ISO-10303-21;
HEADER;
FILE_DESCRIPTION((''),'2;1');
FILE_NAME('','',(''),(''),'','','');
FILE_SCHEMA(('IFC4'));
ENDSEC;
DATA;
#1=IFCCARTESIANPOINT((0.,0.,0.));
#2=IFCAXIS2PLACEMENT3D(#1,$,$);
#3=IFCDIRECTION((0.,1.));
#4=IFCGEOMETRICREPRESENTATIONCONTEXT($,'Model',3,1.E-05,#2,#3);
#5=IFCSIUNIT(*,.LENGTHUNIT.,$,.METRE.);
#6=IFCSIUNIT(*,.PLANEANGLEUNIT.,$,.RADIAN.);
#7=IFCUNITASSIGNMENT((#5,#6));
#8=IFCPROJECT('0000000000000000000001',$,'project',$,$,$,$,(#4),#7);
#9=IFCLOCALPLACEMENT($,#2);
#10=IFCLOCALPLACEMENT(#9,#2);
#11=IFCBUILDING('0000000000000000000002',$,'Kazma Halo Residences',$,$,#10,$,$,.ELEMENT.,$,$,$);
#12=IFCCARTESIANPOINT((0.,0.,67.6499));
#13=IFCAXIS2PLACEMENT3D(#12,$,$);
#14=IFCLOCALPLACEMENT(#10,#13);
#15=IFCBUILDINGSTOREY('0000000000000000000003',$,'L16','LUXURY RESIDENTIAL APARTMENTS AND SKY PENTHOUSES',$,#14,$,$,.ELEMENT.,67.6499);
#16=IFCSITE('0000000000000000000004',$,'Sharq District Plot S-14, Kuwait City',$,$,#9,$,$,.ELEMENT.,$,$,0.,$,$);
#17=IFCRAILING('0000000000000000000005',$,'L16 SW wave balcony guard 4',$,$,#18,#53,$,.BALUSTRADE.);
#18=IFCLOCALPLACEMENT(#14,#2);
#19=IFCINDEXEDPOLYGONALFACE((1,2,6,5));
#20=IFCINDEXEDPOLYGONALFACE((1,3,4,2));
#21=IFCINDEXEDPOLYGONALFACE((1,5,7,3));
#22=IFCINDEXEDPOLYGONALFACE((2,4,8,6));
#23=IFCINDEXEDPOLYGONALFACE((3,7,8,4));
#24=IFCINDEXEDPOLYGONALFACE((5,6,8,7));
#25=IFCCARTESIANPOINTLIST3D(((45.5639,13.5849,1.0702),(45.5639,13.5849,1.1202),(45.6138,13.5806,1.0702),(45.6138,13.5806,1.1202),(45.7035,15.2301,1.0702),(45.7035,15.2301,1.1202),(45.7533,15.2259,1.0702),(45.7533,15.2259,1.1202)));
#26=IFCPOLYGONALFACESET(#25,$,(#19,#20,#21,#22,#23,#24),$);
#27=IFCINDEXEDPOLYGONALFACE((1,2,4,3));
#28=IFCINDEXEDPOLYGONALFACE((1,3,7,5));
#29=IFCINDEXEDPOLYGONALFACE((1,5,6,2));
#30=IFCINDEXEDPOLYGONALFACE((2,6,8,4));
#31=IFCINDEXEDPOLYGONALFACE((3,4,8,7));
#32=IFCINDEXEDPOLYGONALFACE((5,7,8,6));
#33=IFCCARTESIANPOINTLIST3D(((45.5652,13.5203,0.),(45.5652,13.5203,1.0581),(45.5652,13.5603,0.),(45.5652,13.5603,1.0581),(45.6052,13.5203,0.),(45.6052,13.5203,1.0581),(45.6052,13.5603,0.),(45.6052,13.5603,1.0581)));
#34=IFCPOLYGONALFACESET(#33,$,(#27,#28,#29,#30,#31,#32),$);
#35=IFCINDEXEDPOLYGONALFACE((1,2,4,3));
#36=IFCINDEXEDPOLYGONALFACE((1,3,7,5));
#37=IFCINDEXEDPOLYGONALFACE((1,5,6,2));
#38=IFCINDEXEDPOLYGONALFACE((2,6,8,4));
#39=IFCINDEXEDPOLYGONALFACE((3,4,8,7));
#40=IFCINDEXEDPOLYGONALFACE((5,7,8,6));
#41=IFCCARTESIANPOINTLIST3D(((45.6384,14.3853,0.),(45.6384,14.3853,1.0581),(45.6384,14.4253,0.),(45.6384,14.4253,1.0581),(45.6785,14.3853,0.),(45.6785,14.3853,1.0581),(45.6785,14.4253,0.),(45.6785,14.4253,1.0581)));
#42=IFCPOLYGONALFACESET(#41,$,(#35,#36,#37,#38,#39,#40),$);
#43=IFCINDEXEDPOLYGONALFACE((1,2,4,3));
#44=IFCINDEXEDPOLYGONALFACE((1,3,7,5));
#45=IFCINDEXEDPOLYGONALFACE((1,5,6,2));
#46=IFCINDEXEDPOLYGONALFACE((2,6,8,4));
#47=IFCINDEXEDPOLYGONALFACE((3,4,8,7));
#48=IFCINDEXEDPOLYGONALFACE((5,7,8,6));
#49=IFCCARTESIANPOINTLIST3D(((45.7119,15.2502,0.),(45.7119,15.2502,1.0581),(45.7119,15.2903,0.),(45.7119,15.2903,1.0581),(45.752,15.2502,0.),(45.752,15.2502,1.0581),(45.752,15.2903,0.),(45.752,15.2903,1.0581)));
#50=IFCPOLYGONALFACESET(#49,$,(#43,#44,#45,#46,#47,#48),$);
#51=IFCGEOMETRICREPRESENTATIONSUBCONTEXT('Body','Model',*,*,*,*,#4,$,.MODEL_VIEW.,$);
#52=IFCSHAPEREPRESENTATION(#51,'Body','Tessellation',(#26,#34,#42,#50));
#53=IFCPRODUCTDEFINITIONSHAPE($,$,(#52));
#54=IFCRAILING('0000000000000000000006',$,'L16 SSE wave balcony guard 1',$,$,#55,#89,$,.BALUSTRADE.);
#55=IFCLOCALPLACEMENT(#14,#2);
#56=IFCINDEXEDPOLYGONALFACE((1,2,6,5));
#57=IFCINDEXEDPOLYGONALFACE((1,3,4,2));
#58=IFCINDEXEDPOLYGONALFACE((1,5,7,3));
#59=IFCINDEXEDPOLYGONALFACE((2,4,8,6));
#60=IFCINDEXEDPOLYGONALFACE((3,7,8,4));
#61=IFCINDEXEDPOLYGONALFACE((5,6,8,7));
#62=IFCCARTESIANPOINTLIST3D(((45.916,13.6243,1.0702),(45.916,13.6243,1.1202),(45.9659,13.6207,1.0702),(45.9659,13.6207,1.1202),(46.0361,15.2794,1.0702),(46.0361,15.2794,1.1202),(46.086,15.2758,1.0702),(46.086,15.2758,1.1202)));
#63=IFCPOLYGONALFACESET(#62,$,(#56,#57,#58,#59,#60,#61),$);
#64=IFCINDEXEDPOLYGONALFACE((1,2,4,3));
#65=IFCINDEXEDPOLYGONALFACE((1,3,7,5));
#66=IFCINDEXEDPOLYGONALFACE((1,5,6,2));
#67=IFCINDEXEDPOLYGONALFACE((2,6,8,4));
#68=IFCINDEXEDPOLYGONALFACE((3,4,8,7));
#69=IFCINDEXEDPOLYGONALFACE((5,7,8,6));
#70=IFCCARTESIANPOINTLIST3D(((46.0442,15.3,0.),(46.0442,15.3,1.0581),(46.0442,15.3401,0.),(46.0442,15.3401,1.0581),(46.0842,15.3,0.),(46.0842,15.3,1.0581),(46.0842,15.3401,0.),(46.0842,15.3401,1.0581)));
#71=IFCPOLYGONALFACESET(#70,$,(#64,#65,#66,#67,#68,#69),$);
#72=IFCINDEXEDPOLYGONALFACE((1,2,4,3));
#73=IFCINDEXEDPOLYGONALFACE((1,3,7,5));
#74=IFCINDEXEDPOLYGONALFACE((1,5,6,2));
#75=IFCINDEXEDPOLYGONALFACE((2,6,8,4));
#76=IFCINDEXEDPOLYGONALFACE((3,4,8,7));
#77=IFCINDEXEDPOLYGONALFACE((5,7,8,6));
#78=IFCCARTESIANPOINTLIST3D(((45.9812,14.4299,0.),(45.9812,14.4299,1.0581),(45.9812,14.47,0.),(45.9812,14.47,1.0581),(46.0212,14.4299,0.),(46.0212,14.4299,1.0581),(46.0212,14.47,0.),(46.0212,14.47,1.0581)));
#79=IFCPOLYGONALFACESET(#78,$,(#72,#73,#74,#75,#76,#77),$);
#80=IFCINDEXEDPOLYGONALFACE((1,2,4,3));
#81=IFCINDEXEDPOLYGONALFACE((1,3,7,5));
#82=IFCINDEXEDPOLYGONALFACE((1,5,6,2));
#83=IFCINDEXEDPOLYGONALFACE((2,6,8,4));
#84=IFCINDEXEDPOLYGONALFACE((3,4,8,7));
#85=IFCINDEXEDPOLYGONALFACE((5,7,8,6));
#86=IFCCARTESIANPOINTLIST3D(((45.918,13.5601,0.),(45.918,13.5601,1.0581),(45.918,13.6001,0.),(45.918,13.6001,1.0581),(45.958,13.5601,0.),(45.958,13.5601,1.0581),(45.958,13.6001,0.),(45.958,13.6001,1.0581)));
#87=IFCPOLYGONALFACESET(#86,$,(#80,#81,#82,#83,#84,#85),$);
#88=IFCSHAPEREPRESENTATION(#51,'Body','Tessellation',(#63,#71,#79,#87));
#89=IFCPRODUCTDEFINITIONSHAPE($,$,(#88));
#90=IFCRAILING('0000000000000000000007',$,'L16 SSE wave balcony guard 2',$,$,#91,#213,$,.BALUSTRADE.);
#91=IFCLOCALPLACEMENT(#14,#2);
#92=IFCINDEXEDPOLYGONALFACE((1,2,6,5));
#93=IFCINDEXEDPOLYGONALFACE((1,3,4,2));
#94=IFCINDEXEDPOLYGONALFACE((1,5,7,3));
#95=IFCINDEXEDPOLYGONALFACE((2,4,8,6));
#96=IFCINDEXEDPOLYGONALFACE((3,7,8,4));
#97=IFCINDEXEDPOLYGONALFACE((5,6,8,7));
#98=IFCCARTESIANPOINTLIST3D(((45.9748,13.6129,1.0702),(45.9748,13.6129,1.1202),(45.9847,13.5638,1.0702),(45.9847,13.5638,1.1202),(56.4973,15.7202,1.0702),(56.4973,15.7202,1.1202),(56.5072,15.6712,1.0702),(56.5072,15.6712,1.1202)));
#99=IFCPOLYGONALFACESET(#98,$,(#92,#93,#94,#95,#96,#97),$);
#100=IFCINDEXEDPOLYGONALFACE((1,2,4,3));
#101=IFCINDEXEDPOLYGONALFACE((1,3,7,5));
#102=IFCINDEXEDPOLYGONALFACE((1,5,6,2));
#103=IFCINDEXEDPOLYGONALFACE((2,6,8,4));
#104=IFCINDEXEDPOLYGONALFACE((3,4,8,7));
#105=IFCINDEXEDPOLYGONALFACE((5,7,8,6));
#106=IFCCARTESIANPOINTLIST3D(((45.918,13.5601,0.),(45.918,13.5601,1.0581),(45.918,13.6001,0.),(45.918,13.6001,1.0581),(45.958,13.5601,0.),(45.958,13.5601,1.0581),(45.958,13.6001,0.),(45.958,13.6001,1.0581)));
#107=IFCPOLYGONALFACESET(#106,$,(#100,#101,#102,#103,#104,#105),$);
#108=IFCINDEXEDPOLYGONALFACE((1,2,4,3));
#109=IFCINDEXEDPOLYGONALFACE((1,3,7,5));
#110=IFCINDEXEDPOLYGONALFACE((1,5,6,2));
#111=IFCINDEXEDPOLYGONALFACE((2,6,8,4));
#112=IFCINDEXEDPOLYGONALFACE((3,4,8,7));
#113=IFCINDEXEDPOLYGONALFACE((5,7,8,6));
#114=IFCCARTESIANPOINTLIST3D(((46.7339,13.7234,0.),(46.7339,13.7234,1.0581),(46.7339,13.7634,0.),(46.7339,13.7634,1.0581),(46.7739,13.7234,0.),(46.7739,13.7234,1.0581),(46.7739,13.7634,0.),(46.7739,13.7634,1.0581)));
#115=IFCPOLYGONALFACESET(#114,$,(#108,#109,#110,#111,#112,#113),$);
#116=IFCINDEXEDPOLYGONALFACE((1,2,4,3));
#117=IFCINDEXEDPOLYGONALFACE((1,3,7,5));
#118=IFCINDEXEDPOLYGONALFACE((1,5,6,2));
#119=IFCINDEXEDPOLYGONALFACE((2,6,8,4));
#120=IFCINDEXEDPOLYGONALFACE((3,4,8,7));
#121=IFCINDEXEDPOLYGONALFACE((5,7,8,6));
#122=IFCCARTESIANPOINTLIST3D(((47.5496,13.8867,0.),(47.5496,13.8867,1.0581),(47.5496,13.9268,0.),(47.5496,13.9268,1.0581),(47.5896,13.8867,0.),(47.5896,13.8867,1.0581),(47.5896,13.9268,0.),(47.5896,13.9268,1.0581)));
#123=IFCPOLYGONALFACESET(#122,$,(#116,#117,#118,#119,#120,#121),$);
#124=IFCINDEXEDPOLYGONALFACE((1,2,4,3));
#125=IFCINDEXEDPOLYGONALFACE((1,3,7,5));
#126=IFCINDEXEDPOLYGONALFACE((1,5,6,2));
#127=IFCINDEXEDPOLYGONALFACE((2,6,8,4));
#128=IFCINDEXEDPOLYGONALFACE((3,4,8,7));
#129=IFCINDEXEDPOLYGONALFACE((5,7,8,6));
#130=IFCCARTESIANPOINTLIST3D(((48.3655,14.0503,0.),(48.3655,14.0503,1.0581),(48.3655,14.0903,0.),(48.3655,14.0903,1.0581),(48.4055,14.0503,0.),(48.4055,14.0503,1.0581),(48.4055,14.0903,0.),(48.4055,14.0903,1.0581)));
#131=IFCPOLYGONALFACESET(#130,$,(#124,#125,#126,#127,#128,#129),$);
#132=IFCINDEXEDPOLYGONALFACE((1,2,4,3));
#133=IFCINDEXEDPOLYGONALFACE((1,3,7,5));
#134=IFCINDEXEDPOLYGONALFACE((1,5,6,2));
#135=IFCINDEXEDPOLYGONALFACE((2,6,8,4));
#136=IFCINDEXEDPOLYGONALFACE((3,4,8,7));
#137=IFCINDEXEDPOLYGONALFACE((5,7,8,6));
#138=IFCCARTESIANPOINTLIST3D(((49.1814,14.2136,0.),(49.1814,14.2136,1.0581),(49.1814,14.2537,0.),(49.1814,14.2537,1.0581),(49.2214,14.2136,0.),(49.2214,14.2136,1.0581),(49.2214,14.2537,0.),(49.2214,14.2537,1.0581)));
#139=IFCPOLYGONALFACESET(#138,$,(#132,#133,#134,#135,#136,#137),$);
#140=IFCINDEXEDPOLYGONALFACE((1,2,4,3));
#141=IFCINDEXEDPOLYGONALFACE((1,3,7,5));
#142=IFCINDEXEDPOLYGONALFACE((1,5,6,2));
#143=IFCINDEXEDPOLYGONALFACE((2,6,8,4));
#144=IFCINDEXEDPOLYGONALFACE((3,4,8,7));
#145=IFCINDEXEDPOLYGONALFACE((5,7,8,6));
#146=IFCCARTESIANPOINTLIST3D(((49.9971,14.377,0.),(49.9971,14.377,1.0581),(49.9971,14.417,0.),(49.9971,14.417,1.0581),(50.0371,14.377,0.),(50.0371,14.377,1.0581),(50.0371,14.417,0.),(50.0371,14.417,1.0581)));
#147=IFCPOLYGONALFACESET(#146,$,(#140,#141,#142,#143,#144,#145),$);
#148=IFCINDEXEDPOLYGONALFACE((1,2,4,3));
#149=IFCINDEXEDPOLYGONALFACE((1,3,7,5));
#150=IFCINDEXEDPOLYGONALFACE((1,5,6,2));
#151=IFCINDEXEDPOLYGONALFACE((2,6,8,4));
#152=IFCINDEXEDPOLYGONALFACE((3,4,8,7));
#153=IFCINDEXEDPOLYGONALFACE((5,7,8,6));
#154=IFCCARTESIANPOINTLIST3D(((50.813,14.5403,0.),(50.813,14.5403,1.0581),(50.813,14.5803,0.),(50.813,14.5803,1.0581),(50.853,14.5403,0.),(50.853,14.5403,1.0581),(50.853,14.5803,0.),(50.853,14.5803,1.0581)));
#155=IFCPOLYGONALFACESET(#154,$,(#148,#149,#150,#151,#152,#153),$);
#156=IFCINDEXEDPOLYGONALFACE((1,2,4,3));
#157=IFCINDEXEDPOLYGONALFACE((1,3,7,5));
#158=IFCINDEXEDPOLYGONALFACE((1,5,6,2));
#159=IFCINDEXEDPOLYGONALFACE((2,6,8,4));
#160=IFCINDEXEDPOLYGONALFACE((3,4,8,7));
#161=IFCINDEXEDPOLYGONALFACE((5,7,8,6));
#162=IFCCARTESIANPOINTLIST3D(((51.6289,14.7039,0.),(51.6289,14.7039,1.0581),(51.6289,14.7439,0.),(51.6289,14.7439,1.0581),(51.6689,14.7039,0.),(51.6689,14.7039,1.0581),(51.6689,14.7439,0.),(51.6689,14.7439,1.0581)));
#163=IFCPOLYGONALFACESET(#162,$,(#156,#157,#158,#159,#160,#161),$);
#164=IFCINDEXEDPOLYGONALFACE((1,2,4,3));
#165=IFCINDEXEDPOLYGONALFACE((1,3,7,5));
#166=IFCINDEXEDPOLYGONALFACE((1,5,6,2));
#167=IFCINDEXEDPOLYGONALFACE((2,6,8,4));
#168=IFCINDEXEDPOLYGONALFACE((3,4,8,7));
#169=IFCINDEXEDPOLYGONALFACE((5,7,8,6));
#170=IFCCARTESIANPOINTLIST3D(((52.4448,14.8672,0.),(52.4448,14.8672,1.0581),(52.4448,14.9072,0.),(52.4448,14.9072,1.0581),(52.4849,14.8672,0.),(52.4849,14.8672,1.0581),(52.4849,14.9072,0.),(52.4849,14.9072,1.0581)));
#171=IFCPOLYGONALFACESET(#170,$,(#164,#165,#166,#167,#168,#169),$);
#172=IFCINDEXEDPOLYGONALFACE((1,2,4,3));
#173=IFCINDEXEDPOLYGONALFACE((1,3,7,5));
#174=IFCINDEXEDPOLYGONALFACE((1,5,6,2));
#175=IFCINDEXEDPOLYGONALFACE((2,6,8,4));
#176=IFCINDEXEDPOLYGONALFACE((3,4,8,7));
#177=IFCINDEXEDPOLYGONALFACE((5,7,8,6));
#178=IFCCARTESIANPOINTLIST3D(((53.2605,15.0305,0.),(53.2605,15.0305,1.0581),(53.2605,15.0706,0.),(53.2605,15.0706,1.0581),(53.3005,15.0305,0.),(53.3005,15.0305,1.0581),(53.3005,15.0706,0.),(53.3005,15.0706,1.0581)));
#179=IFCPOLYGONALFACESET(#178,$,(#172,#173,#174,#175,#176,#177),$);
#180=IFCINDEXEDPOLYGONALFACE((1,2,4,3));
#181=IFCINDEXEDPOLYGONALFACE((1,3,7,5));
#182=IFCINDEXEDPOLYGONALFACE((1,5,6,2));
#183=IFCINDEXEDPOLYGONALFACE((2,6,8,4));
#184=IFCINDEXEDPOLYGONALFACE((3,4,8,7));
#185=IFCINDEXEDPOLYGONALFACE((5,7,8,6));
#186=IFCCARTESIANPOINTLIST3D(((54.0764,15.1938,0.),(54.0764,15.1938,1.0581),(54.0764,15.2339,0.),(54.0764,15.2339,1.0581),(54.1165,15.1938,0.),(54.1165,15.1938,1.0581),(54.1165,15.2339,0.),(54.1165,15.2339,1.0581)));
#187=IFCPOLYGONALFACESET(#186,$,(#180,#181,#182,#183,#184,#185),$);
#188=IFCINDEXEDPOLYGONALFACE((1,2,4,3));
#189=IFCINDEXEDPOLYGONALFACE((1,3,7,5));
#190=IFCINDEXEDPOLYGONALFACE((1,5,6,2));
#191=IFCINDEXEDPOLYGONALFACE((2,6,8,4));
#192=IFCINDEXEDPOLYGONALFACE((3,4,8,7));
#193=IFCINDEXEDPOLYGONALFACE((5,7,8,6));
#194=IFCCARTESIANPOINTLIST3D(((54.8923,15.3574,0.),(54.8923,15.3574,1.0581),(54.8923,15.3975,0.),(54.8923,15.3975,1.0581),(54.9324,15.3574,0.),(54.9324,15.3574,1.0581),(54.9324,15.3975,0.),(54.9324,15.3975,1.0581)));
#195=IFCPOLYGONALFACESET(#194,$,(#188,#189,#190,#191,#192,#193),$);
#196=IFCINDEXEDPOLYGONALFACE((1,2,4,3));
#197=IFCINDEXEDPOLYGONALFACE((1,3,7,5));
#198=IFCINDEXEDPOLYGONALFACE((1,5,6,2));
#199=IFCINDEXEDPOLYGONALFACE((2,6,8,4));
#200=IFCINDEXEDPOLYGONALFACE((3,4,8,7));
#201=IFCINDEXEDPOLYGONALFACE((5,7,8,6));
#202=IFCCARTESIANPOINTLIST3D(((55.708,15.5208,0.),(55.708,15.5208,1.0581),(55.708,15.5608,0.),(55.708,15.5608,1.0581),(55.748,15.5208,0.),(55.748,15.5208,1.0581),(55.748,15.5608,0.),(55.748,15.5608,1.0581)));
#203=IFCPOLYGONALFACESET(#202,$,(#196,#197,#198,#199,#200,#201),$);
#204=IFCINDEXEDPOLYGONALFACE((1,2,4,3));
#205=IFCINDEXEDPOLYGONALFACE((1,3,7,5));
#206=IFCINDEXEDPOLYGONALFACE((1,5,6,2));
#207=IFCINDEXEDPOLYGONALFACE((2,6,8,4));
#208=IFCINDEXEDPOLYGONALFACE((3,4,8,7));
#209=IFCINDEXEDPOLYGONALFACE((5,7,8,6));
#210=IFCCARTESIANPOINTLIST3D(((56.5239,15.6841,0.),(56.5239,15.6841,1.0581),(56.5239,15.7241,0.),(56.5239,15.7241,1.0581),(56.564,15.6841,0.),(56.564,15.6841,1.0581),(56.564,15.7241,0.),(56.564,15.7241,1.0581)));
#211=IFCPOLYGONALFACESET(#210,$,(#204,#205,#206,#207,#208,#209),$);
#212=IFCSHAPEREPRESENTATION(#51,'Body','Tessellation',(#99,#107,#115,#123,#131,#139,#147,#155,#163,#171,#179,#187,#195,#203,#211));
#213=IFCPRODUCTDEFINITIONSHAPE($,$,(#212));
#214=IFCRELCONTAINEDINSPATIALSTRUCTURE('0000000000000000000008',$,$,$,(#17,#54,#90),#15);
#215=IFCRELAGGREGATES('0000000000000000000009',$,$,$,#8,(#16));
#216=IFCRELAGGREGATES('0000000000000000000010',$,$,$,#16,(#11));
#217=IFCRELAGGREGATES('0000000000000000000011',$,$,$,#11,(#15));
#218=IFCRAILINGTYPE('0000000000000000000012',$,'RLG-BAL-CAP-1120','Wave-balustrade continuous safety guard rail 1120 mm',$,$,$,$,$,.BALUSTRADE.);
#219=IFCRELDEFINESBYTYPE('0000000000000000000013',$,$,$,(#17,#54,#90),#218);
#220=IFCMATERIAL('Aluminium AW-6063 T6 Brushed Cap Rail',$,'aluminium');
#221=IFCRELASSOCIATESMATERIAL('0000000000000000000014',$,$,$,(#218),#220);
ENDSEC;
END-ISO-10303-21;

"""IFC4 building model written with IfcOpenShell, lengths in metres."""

from ifc_helpers import new_model, si_unit, direction, frame, origin, origin_2d, place, context, subcontext, project, spatial, rectangle, extrude, material, type_object, element, save


model = new_model("IFC4")

# Units and contexts
model_context = context("Model", 3, precision=1e-05, world=origin(), true_north=direction((0.0, 1.0)))
body_context = subcontext(model_context, "Body", "Model", "MODEL_VIEW")
ifc_project = project(units=[si_unit("LENGTHUNIT", "METRE"), si_unit("PLANEANGLEUNIT", "RADIAN")], contexts=[model_context])

# Site, building, storey
site_placement = place(None, origin())
site = spatial("IfcSite", under=ifc_project, at=site_placement, Name="Sharq District Plot S-14, Kuwait City", CompositionType="ELEMENT", RefElevation=0.0)
building_placement = place(site_placement, origin())
building = spatial("IfcBuilding", under=site, at=building_placement, Name="Kazma Halo Residences", CompositionType="ELEMENT")
storey_placement = place(building_placement, frame((0.0, 0.0, 67.6499)))
storey = spatial("IfcBuildingStorey", under=building, at=storey_placement, Name="L16", Description="LUXURY RESIDENTIAL APARTMENTS AND SKY PENTHOUSES", CompositionType="ELEMENT", Elevation=67.6499)

# Railings
ifc_material_1 = material(Name="Aluminium AW-6063 T6 Brushed Cap Rail", Category="aluminium")
railing_type = type_object("IfcRailingType", Name="RLG-BAL-CAP-1120", Description="Wave-balustrade continuous safety guard rail 1120 mm", PredefinedType="BALUSTRADE", material=ifc_material_1)
railing_1_placement = place(storey_placement, frame((45.5852, 13.5403, 0.0)))
element("IfcRailing", 1, at=railing_1_placement, inside=storey, type_object=railing_type, Name="L16 SW wave balcony guard 4", PredefinedType="BALUSTRADE", context=body_context, shape_type="SweptSolid", body=[
    extrude(rectangle(XDim=0.05, YDim=0.05, at=origin_2d()), frame((0.0037, 0.0425, 1.0952), z_axis=(0.084512, 0.996422, 0.0), x_axis=(-0.996422, 0.084512, 0.0)), (0.0, 0.0, 1.0), 1.6511),
    extrude(rectangle(XDim=0.04, YDim=0.04, at=origin_2d()), origin(), (0.0, 0.0, 1.0), 1.0581),
    extrude(rectangle(XDim=0.04, YDim=0.04, at=origin_2d()), frame((0.0732, 0.865, 0.0)), (0.0, 0.0, 1.0), 1.0581),
    extrude(rectangle(XDim=0.04, YDim=0.04, at=origin_2d()), frame((0.1467, 1.73, 0.0)), (0.0, 0.0, 1.0), 1.0581),
])
railing_2_placement = place(storey_placement, frame((46.0642, 15.3201, 0.0)))
element("IfcRailing", 2, at=railing_2_placement, inside=storey, type_object=railing_type, Name="L16 SSE wave balcony guard 1", PredefinedType="BALUSTRADE", context=body_context, shape_type="SweptSolid", body=[
    extrude(rectangle(XDim=0.05, YDim=0.05, at=origin_2d()), frame((-0.0032, -0.0425, 1.0952), z_axis=(-0.072351, -0.997379, 0.0), x_axis=(0.997379, -0.072351, 0.0)), (0.0, 0.0, 1.0), 1.6594),
    extrude(rectangle(XDim=0.04, YDim=0.04, at=origin_2d()), origin(), (0.0, 0.0, 1.0), 1.0581),
    extrude(rectangle(XDim=0.04, YDim=0.04, at=origin_2d()), frame((-0.063, -0.8701, 0.0)), (0.0, 0.0, 1.0), 1.0581),
    extrude(rectangle(XDim=0.04, YDim=0.04, at=origin_2d()), frame((-0.1262, -1.74, 0.0)), (0.0, 0.0, 1.0), 1.0581),
])
railing_3_placement = place(storey_placement, frame((45.938, 13.5801, 0.0)))
element("IfcRailing", 3, at=railing_3_placement, inside=storey, type_object=railing_type, Name="L16 SSE wave balcony guard 2", PredefinedType="BALUSTRADE", context=body_context, shape_type="SweptSolid", body=[
    extrude(rectangle(XDim=0.05, YDim=0.05, at=origin_2d()), frame((0.0417, 0.0083, 1.0952), z_axis=(0.98053, 0.196368, 0.0), x_axis=(-0.196368, 0.98053, 0.0)), (0.0, 0.0, 1.0), 10.7314),
    extrude(rectangle(XDim=0.04, YDim=0.04, at=origin_2d()), origin(), (0.0, 0.0, 1.0), 1.0581),
    extrude(rectangle(XDim=0.04, YDim=0.04, at=origin_2d()), frame((0.8159, 0.1633, 0.0)), (0.0, 0.0, 1.0), 1.0581),
    extrude(rectangle(XDim=0.04, YDim=0.04, at=origin_2d()), frame((1.6316, 0.3267, 0.0)), (0.0, 0.0, 1.0), 1.0581),
    extrude(rectangle(XDim=0.04, YDim=0.04, at=origin_2d()), frame((2.4475, 0.4902, 0.0)), (0.0, 0.0, 1.0), 1.0581),
    extrude(rectangle(XDim=0.04, YDim=0.04, at=origin_2d()), frame((3.2634, 0.6536, 0.0)), (0.0, 0.0, 1.0), 1.0581),
    extrude(rectangle(XDim=0.04, YDim=0.04, at=origin_2d()), frame((4.0791, 0.8169, 0.0)), (0.0, 0.0, 1.0), 1.0581),
    extrude(rectangle(XDim=0.04, YDim=0.04, at=origin_2d()), frame((4.895, 0.9802, 0.0)), (0.0, 0.0, 1.0), 1.0581),
    extrude(rectangle(XDim=0.04, YDim=0.04, at=origin_2d()), frame((5.7109, 1.1438, 0.0)), (0.0, 0.0, 1.0), 1.0581),
    extrude(rectangle(XDim=0.04, YDim=0.04, at=origin_2d()), frame((6.5269, 1.3071, 0.0)), (0.0, 0.0, 1.0), 1.0581),
    extrude(rectangle(XDim=0.04, YDim=0.04, at=origin_2d()), frame((7.3425, 1.4705, 0.0)), (0.0, 0.0, 1.0), 1.0581),
    extrude(rectangle(XDim=0.04, YDim=0.04, at=origin_2d()), frame((8.1584, 1.6338, 0.0)), (0.0, 0.0, 1.0), 1.0581),
    extrude(rectangle(XDim=0.04, YDim=0.04, at=origin_2d()), frame((8.9744, 1.7974, 0.0)), (0.0, 0.0, 1.0), 1.0581),
    extrude(rectangle(XDim=0.04, YDim=0.04, at=origin_2d()), frame((9.79, 1.9607, 0.0)), (0.0, 0.0, 1.0), 1.0581),
    extrude(rectangle(XDim=0.04, YDim=0.04, at=origin_2d()), frame((10.606, 2.124, 0.0)), (0.0, 0.0, 1.0), 1.0581),
])

save(model, "model.ifc")
